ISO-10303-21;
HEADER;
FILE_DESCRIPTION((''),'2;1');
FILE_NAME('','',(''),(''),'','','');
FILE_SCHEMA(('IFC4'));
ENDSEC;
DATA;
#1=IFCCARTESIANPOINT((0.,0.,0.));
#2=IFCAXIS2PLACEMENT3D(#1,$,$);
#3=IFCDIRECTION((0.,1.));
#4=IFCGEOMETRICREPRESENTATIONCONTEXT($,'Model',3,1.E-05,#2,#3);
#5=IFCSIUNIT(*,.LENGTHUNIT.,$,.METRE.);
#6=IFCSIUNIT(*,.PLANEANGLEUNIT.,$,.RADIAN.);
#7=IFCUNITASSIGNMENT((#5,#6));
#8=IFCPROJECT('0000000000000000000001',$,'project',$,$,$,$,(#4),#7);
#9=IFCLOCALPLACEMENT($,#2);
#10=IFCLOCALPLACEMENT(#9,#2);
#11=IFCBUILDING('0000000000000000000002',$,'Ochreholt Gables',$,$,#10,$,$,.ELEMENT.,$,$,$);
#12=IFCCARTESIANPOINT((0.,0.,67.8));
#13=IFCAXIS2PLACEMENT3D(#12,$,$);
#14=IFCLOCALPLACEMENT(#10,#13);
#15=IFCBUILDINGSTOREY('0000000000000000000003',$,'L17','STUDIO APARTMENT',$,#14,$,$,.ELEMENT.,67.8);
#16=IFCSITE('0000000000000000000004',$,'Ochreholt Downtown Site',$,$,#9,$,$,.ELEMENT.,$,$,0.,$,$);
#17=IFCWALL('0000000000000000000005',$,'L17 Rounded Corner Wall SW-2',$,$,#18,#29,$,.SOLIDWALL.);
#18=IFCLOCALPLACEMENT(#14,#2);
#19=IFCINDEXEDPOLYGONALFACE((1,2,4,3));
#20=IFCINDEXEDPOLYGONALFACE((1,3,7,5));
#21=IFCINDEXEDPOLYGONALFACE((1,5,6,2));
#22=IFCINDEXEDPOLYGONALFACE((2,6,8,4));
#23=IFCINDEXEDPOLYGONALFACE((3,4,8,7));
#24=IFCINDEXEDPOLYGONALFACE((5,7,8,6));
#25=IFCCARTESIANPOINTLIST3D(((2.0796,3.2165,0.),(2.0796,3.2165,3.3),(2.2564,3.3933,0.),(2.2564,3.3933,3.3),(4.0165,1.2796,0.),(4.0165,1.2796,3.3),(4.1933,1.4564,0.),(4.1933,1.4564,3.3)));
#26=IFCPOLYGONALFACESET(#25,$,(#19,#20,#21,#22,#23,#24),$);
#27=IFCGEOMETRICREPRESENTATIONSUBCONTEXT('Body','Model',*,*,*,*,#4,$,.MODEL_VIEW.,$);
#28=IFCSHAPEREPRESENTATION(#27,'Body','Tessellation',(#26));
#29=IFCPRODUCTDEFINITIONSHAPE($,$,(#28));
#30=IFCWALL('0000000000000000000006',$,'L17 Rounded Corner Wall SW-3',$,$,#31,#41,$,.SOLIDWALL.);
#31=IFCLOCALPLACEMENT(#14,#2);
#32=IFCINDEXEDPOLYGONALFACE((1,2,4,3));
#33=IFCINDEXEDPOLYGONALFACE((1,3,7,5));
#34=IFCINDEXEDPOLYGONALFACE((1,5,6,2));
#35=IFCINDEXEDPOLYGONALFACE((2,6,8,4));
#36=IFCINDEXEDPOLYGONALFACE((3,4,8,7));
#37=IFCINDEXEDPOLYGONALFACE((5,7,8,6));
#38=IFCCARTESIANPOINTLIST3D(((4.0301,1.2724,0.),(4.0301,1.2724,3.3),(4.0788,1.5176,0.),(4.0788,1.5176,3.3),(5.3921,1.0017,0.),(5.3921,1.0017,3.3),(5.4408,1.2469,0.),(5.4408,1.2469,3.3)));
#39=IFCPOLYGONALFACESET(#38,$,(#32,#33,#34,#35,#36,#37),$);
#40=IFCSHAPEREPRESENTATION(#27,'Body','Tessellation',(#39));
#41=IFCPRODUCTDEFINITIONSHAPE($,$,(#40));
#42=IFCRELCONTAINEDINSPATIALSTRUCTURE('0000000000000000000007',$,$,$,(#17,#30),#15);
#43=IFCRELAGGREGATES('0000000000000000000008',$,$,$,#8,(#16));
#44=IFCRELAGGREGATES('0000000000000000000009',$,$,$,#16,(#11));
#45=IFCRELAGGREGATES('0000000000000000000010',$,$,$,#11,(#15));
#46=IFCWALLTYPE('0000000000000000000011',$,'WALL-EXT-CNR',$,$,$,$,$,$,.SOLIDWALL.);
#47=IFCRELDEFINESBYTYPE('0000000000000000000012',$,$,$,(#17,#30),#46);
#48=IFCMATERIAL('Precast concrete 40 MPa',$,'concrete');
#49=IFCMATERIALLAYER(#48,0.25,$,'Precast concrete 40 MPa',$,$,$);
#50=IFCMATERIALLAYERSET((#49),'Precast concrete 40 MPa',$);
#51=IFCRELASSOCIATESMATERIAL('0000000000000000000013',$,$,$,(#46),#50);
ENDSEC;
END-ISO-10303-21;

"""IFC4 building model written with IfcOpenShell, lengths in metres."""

from ifc_helpers import new_model, si_unit, direction, frame, frame_2d, origin, place, context, subcontext, project, spatial, rectangle, extrude, material, layer, layer_set, type_object, element, save


model = new_model("IFC4")

# Units and contexts
model_context = context("Model", 3, precision=1e-05, world=origin(), true_north=direction((0.0, 1.0)))
body_context = subcontext(model_context, "Body", "Model", "MODEL_VIEW")
ifc_project = project(units=[si_unit("LENGTHUNIT", "METRE"), si_unit("PLANEANGLEUNIT", "RADIAN")], contexts=[model_context])

# Site, building, storey
site_placement = place(None, origin())
site = spatial("IfcSite", under=ifc_project, at=site_placement, Name="Ochreholt Downtown Site", CompositionType="ELEMENT", RefElevation=0.0)
building_placement = place(site_placement, origin())
building = spatial("IfcBuilding", under=site, at=building_placement, Name="Ochreholt Gables", CompositionType="ELEMENT")
storey_placement = place(building_placement, frame((0.0, 0.0, 67.8)))
storey = spatial("IfcBuildingStorey", under=building, at=storey_placement, Name="L17", Description="STUDIO APARTMENT", CompositionType="ELEMENT", Elevation=67.8)

# Shared definitions
ifc_material_1 = material(Name="Precast concrete 40 MPa", Category="concrete")

# Walls
ifc_layer_1 = layer(ifc_material_1, 0.25, Name="Precast concrete 40 MPa")
ifc_layer_set_1 = layer_set([ifc_layer_1], Name="Precast concrete 40 MPa")
wall_type_1 = type_object("IfcWallType", Name="WALL-EXT-CNR", PredefinedType="SOLIDWALL", material=ifc_layer_set_1)
wall_1_placement = place(storey_placement, frame((2.168, 3.3049, 0.0), z_axis=(0.0, 0.0, 1.0), x_axis=(0.707107, -0.707107, 0.0)))
element("IfcWall", 1, at=wall_1_placement, inside=storey, type_object=wall_type_1, Name="L17 Rounded Corner Wall SW-2", PredefinedType="SOLIDWALL", context=body_context, shape_type="SweptSolid", body=[
    extrude(rectangle(XDim=2.7393, YDim=0.25, at=frame_2d((1.3696, 0.0))), origin(), (0.0, 0.0, 1.0), 3.3),
])
wall_2_placement = place(storey_placement, frame((4.0544, 1.395, 0.0), z_axis=(0.0, 0.0, 1.0), x_axis=(0.98081, -0.194967, 0.0)))
element("IfcWall", 2, at=wall_2_placement, inside=storey, type_object=wall_type_1, Name="L17 Rounded Corner Wall SW-3", PredefinedType="SOLIDWALL", context=body_context, shape_type="SweptSolid", body=[
    extrude(rectangle(XDim=1.3887, YDim=0.25, at=frame_2d((0.6943, 0.0))), origin(), (0.0, 0.0, 1.0), 3.3),
])

save(model, "model.ifc")
